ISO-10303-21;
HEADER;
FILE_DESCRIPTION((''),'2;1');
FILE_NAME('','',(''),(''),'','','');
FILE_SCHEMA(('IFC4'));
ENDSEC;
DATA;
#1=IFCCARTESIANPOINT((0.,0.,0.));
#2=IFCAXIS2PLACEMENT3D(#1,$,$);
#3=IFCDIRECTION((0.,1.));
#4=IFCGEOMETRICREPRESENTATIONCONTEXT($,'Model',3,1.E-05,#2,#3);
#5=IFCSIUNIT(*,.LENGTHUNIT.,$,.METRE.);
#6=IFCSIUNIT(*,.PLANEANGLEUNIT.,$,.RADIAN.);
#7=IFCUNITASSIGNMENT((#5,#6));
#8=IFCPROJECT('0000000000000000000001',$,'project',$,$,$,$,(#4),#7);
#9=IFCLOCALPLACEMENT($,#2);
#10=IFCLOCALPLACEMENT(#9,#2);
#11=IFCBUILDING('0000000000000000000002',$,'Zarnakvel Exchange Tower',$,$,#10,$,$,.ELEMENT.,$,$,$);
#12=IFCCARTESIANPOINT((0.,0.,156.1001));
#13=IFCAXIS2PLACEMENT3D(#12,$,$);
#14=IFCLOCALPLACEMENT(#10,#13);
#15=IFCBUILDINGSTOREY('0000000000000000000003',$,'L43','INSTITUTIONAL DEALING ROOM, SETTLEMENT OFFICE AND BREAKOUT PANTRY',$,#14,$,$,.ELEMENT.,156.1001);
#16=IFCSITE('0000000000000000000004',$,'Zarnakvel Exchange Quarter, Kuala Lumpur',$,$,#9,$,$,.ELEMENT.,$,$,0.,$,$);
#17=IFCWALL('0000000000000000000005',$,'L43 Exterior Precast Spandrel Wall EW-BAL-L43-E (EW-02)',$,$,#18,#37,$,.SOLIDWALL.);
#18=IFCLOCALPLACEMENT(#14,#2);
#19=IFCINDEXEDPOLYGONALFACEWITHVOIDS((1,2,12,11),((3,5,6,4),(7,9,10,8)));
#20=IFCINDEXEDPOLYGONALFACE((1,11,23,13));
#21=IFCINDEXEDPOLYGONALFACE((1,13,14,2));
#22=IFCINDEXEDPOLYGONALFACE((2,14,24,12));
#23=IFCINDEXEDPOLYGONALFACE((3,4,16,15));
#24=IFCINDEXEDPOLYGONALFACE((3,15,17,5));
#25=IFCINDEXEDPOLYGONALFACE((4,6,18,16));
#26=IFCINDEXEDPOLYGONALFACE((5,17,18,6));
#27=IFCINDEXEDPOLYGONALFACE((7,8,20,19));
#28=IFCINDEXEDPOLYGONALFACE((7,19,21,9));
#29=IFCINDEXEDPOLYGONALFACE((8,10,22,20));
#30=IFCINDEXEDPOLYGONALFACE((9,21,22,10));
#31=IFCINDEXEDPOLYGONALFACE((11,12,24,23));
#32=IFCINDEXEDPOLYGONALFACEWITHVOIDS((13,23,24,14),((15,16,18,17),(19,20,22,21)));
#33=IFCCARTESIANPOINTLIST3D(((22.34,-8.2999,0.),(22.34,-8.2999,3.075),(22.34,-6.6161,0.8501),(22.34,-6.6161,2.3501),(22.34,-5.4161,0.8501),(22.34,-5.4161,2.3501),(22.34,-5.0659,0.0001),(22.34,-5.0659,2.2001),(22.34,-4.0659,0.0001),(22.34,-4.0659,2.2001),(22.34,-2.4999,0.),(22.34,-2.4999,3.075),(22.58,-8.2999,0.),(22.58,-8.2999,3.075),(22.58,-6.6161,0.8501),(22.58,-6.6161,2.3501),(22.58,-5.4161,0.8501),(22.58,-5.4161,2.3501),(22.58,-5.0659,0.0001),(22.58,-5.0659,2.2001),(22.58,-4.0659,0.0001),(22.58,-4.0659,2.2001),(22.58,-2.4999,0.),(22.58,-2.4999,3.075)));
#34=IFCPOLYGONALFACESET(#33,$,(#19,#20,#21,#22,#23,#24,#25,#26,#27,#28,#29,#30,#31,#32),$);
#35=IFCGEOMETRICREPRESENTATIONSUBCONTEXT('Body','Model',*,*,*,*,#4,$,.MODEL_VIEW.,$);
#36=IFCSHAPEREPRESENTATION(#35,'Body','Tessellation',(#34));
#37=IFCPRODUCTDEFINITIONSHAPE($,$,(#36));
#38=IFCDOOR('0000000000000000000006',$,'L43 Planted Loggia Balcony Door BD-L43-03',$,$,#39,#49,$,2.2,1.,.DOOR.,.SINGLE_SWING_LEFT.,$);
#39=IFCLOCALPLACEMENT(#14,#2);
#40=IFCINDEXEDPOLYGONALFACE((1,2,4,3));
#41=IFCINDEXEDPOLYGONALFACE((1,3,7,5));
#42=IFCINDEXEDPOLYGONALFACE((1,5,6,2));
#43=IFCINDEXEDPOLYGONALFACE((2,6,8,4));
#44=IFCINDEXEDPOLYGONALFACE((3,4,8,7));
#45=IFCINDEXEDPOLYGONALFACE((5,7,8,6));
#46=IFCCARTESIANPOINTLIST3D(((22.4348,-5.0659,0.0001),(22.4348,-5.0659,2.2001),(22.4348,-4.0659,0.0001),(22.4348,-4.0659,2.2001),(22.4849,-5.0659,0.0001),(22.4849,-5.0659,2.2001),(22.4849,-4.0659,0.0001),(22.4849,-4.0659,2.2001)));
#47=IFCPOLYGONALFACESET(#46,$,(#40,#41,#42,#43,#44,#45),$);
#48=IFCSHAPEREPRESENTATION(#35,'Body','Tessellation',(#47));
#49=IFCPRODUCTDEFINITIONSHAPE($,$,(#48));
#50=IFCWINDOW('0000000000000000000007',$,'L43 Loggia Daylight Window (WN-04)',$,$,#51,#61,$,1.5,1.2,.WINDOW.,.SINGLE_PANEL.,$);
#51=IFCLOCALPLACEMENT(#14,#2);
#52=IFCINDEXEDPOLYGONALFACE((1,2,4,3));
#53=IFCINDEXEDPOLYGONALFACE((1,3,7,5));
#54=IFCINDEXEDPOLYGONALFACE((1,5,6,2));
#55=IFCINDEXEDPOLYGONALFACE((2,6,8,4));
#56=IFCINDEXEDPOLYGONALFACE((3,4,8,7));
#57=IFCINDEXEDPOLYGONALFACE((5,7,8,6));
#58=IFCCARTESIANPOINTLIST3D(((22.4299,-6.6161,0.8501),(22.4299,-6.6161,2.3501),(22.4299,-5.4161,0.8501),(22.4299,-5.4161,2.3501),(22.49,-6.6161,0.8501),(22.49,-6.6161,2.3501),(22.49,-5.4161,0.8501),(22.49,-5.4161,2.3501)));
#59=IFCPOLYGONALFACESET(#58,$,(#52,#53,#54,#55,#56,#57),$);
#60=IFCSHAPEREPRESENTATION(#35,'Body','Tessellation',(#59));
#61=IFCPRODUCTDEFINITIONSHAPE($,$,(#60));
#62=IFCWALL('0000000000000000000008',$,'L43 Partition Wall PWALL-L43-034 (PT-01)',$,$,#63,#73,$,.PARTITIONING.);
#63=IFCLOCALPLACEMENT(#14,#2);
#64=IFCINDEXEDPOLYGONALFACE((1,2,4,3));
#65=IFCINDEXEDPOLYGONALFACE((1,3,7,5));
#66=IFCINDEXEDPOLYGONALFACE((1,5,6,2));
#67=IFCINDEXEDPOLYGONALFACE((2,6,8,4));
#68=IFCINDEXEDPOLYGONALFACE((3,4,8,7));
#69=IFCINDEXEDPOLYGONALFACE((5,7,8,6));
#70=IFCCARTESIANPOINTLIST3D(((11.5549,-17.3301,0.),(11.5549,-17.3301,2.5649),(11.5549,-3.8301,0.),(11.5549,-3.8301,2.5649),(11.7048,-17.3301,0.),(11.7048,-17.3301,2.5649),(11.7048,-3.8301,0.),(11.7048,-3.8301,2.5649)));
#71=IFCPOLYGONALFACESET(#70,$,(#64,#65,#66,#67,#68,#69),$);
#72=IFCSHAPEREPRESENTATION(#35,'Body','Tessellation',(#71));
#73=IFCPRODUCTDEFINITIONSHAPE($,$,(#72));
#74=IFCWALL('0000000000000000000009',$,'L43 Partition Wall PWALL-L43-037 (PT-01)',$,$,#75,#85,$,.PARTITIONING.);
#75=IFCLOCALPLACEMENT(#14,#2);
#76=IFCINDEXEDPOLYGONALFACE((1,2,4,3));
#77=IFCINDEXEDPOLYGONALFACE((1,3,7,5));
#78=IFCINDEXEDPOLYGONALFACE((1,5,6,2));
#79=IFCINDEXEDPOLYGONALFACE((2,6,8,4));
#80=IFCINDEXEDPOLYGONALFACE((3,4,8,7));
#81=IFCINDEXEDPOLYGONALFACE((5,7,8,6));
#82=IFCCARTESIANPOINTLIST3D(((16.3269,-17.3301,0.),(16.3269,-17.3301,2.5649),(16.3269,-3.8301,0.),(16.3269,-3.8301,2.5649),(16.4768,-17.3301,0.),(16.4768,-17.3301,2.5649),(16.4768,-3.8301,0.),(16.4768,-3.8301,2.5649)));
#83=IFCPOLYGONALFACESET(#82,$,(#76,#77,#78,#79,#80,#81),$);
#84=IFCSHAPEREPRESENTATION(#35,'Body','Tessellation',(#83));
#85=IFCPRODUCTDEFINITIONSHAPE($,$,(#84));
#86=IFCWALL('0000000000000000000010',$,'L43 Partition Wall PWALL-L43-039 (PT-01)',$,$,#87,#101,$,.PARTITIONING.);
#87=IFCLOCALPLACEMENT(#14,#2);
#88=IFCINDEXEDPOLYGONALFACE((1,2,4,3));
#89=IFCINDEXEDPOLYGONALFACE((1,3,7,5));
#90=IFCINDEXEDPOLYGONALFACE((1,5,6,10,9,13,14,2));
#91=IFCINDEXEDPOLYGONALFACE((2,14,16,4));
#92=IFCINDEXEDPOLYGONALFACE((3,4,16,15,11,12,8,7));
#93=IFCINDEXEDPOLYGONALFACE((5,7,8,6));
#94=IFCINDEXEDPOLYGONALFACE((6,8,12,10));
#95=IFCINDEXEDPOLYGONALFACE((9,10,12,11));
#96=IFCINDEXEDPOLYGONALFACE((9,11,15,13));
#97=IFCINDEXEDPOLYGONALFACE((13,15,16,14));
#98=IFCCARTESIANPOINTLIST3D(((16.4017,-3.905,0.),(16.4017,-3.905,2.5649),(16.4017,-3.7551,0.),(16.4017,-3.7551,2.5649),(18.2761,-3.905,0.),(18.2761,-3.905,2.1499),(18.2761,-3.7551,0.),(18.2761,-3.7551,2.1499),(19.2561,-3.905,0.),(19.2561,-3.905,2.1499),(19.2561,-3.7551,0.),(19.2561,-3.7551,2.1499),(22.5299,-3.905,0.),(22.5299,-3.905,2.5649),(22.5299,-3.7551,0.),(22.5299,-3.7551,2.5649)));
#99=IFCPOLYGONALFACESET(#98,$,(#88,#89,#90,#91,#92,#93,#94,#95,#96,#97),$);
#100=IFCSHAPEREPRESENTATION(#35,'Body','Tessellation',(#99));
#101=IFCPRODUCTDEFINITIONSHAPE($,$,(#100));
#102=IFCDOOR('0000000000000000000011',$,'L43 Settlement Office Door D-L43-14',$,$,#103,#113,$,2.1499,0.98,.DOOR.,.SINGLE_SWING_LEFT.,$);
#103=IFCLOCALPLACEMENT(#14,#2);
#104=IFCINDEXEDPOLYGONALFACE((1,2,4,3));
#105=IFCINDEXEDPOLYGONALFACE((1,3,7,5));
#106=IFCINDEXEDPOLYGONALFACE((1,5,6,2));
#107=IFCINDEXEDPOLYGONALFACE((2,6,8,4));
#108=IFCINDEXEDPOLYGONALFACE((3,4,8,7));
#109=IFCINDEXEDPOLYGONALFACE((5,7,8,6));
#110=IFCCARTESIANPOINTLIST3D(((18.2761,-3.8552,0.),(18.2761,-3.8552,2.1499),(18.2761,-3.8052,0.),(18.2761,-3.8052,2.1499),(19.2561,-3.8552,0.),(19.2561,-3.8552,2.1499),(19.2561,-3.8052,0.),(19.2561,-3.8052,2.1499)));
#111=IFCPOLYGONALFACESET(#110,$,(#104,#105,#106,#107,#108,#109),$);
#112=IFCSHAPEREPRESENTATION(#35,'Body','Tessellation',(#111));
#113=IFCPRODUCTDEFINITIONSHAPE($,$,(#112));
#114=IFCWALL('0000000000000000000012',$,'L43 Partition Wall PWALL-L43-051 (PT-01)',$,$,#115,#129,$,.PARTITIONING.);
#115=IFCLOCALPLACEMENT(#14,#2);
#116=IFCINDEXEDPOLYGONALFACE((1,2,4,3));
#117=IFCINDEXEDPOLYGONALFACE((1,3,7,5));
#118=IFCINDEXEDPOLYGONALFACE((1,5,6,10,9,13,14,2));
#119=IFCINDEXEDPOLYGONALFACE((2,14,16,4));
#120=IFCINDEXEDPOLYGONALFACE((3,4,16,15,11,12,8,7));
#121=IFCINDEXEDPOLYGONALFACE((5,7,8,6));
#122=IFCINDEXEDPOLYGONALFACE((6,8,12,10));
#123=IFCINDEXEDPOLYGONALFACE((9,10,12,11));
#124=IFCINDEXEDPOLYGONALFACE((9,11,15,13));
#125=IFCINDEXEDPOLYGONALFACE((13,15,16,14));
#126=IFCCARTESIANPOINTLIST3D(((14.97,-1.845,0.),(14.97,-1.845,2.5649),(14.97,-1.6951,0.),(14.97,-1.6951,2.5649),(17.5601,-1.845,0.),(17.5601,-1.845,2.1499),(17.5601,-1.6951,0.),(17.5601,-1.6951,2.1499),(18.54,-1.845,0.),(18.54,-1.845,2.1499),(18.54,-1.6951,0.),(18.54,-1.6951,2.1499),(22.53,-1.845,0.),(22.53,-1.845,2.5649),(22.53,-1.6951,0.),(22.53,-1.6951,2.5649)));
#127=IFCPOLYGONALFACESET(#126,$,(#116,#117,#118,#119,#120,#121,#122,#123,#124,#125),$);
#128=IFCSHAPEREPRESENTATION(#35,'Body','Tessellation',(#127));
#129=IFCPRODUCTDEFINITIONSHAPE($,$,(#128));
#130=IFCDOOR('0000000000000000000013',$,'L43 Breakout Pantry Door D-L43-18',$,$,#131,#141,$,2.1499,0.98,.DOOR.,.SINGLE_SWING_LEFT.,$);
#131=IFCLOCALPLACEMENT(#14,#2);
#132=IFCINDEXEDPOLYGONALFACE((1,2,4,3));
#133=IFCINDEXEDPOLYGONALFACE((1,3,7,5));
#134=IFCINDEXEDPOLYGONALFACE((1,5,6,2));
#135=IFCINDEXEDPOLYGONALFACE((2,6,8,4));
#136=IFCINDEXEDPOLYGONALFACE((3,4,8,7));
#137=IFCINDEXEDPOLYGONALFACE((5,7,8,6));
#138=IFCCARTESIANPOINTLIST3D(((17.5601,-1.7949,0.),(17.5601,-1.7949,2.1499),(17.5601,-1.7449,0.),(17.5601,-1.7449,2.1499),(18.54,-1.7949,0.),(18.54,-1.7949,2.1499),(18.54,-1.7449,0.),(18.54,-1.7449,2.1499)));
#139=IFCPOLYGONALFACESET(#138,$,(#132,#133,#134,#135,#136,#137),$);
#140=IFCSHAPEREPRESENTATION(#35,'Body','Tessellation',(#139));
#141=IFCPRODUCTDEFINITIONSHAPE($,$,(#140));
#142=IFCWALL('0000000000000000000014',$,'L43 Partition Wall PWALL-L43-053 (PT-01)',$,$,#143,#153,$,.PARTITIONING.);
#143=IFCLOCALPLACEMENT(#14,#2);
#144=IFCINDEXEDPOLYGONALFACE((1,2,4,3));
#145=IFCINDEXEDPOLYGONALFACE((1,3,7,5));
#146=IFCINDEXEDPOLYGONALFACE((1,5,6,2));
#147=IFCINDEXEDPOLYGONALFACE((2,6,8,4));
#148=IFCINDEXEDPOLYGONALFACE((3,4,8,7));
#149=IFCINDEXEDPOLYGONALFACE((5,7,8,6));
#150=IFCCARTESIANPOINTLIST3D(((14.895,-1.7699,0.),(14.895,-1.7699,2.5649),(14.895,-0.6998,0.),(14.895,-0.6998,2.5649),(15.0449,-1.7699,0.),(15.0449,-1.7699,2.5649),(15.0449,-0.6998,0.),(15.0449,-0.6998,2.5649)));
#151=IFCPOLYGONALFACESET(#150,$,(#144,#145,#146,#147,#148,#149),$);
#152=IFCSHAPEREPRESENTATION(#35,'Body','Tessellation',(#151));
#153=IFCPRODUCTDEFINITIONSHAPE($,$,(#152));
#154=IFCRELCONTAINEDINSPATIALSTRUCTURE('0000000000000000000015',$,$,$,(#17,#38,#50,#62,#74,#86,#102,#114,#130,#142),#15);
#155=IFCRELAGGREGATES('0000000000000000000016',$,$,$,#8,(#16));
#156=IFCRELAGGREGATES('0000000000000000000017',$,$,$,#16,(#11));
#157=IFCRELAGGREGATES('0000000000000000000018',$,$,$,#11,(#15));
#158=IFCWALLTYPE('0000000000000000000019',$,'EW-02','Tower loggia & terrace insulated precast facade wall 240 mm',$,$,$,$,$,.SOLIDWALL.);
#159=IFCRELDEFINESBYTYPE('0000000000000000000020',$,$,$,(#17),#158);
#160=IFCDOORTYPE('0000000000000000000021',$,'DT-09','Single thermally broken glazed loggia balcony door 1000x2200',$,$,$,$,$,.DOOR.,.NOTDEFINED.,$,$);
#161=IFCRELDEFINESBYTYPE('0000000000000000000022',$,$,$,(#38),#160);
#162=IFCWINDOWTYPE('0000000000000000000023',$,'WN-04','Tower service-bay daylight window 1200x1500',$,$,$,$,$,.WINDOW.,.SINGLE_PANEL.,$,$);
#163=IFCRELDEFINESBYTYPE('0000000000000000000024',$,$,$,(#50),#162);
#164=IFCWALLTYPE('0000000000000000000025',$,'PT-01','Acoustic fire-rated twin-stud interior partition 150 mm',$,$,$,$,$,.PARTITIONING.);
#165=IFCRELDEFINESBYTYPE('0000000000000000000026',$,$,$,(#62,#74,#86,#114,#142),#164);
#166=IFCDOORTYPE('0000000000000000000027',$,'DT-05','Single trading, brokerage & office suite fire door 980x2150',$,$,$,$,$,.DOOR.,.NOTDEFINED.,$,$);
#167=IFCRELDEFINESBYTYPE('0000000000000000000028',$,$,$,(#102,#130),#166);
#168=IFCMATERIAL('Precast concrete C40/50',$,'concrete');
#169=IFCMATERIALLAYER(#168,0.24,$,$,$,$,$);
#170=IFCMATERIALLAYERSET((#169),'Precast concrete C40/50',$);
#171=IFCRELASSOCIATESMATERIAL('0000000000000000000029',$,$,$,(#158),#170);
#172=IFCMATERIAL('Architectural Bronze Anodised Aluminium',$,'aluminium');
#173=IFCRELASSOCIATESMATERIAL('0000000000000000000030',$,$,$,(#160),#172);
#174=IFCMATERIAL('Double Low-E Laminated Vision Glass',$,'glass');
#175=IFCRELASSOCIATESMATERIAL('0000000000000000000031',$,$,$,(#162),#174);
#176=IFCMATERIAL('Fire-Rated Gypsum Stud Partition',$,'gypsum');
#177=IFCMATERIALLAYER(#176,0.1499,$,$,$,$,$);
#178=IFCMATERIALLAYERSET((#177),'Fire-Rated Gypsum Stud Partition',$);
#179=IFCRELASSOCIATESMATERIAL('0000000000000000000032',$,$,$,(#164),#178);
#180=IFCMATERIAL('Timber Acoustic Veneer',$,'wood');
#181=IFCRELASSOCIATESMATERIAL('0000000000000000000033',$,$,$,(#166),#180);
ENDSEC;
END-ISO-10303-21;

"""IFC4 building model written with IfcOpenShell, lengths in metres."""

from ifc_helpers import new_model, si_unit, direction, frame, frame_2d, origin, place, context, subcontext, project, spatial, rectangle, extrude, source, transform, mapped, material, layer, layer_set, type_object, element, fill, save


model = new_model("IFC4")

# Units and contexts
model_context = context("Model", 3, precision=1e-05, world=origin(), true_north=direction((0.0, 1.0)))
body_context = subcontext(model_context, "Body", "Model", "MODEL_VIEW")
ifc_project = project(units=[si_unit("LENGTHUNIT", "METRE"), si_unit("PLANEANGLEUNIT", "RADIAN")], contexts=[model_context])

# Site, building, storey
site_placement = place(None, origin())
site = spatial("IfcSite", under=ifc_project, at=site_placement, Name="Zarnakvel Exchange Quarter, Kuala Lumpur", CompositionType="ELEMENT", RefElevation=0.0)
building_placement = place(site_placement, origin())
building = spatial("IfcBuilding", under=site, at=building_placement, Name="Zarnakvel Exchange Tower", CompositionType="ELEMENT")
storey_placement = place(building_placement, frame((0.0, 0.0, 156.1001)))
storey = spatial("IfcBuildingStorey", under=building, at=storey_placement, Name="L43", Description="INSTITUTIONAL DEALING ROOM, SETTLEMENT OFFICE AND BREAKOUT PANTRY", CompositionType="ELEMENT", Elevation=156.1001)

# Shared definitions
ifc_material_1 = material(Name="Architectural Bronze Anodised Aluminium", Category="aluminium")

# Wall, openings, door, window
ifc_material_2 = material(Name="Precast concrete C40/50", Category="concrete")
ifc_layer_1 = layer(ifc_material_2, 0.24)
ifc_layer_set_1 = layer_set([ifc_layer_1], Name="Precast concrete C40/50")
wall_type_1 = type_object("IfcWallType", Name="EW-02", Description="Tower loggia & terrace insulated precast facade wall 240 mm", PredefinedType="SOLIDWALL", material=ifc_layer_set_1)
wall_1_placement = place(storey_placement, frame((22.46, -2.5, 0.0), z_axis=(0.0, 0.0, 1.0), x_axis=(0.0, -1.0, 0.0)))
wall_1 = element("IfcWall", 1, at=wall_1_placement, inside=storey, type_object=wall_type_1, Name="L43 Exterior Precast Spandrel Wall EW-BAL-L43-E (EW-02)", PredefinedType="SOLIDWALL", context=body_context, shape_type="SweptSolid", body=[
    extrude(rectangle(XDim=5.8, YDim=0.24, at=frame_2d((2.8999, 0.0))), origin(), (0.0, 0.0, 1.0), 3.075),
])
opening_1_placement = place(wall_1_placement, frame((1.5659, 0.0, 0.0)))
opening_1 = element("IfcOpeningElement", 2, at=opening_1_placement, cuts=wall_1, PredefinedType="OPENING", context=body_context, shape_type="SweptSolid", body=[
    extrude(rectangle(XDim=1.0, YDim=2.2, at=frame_2d((0.5, 1.1001))), frame((0.0, 0.1299, 0.0), z_axis=(0.0, -1.0, 0.0), x_axis=(1.0, 0.0, 0.0)), (0.0, 0.0, 1.0), 0.26),
])
opening_2_placement = place(wall_1_placement, frame((2.916, 0.0, 0.8501)))
opening_2 = element("IfcOpeningElement", 3, at=opening_2_placement, cuts=wall_1, PredefinedType="OPENING", context=body_context, shape_type="SweptSolid", body=[
    extrude(rectangle(XDim=1.2, YDim=1.5, at=frame_2d((0.6001, 0.75))), frame((0.0, 0.1299, 0.0), z_axis=(0.0, -1.0, 0.0), x_axis=(1.0, 0.0, 0.0)), (0.0, 0.0, 1.0), 0.26),
])
door_type_1 = type_object("IfcDoorType", Name="DT-09", Description="Single thermally broken glazed loggia balcony door 1000x2200", OperationType="NOTDEFINED", PredefinedType="DOOR", material=ifc_material_1)
shared_shape_1 = source(origin(), body_context, "Body", "SweptSolid", [
    extrude(rectangle(XDim=1.0, YDim=2.2, at=frame_2d((0.5, 1.1001))), frame((0.0, 0.0249, 0.0), z_axis=(0.0, -1.0, 0.0), x_axis=(1.0, 0.0, 0.0)), (0.0, 0.0, 1.0), 0.05),
])
door_1_placement = place(opening_1_placement, origin())
door_1 = element("IfcDoor", 4, at=door_1_placement, inside=storey, type_object=door_type_1, Name="L43 Planted Loggia Balcony Door BD-L43-03", OperationType="SINGLE_SWING_LEFT", OverallHeight=2.2, OverallWidth=1.0, PredefinedType="DOOR", context=body_context, shape_type="MappedRepresentation", body=[
    mapped(shared_shape_1, transform((0.0, 0.0, 0.0), x_axis=(1.0, 0.0, 0.0), y_axis=(0.0, 1.0, 0.0), z_axis=(0.0, 0.0, 1.0), scale=1.0)),
])
fill(opening_1, door_1)
ifc_material_3 = material(Name="Double Low-E Laminated Vision Glass", Category="glass")
window_type = type_object("IfcWindowType", Name="WN-04", Description="Tower service-bay daylight window 1200x1500", PartitioningType="SINGLE_PANEL", PredefinedType="WINDOW", material=ifc_material_3)
shared_shape_2 = source(origin(), body_context, "Body", "SweptSolid", [
    extrude(rectangle(XDim=1.2, YDim=1.5, at=frame_2d((0.6001, 0.75))), frame((0.0, 0.03, 0.0), z_axis=(0.0, -1.0, 0.0), x_axis=(1.0, 0.0, 0.0)), (0.0, 0.0, 1.0), 0.0601),
])
window_placement = place(opening_2_placement, origin())
window = element("IfcWindow", 5, at=window_placement, inside=storey, type_object=window_type, Name="L43 Loggia Daylight Window (WN-04)", OverallHeight=1.5, OverallWidth=1.2, PartitioningType="SINGLE_PANEL", PredefinedType="WINDOW", context=body_context, shape_type="MappedRepresentation", body=[
    mapped(shared_shape_2, transform((0.0, 0.0, 0.0), x_axis=(1.0, 0.0, 0.0), y_axis=(0.0, 1.0, 0.0), z_axis=(0.0, 0.0, 1.0), scale=1.0)),
])
fill(opening_2, window)

# Shared definitions
ifc_material_4 = material(Name="Fire-Rated Gypsum Stud Partition", Category="gypsum")
ifc_layer_2 = layer(ifc_material_4, 0.1499)
ifc_layer_set_2 = layer_set([ifc_layer_2], Name="Fire-Rated Gypsum Stud Partition")
wall_type_2 = type_object("IfcWallType", Name="PT-01", Description="Acoustic fire-rated twin-stud interior partition 150 mm", PredefinedType="PARTITIONING", material=ifc_layer_set_2)
ifc_material_5 = material(Name="Timber Acoustic Veneer", Category="wood")
door_type_2 = type_object("IfcDoorType", Name="DT-05", Description="Single trading, brokerage & office suite fire door 980x2150", OperationType="NOTDEFINED", PredefinedType="DOOR", material=ifc_material_5)
shared_shape_3 = source(origin(), body_context, "Body", "SweptSolid", [
    extrude(rectangle(XDim=0.98, YDim=2.1499, at=frame_2d((0.49, 1.075))), frame((0.0, 0.0249, 0.0), z_axis=(0.0, -1.0, 0.0), x_axis=(1.0, 0.0, 0.0)), (0.0, 0.0, 1.0), 0.05),
])

# Wall
wall_2_placement = place(storey_placement, frame((11.6299, -3.8301, 0.0), z_axis=(0.0, 0.0, 1.0), x_axis=(0.0, -1.0, 0.0)))
element("IfcWall", 6, at=wall_2_placement, inside=storey, type_object=wall_type_2, Name="L43 Partition Wall PWALL-L43-034 (PT-01)", PredefinedType="PARTITIONING", context=body_context, shape_type="SweptSolid", body=[
    extrude(rectangle(XDim=13.5, YDim=0.1499, at=frame_2d((6.75, 0.0))), origin(), (0.0, 0.0, 1.0), 2.5649),
])

# Wall
wall_3_placement = place(storey_placement, frame((16.4019, -3.8301, 0.0), z_axis=(0.0, 0.0, 1.0), x_axis=(0.0, -1.0, 0.0)))
element("IfcWall", 7, at=wall_3_placement, inside=storey, type_object=wall_type_2, Name="L43 Partition Wall PWALL-L43-037 (PT-01)", PredefinedType="PARTITIONING", context=body_context, shape_type="SweptSolid", body=[
    extrude(rectangle(XDim=13.5, YDim=0.1499, at=frame_2d((6.75, 0.0))), origin(), (0.0, 0.0, 1.0), 2.5649),
])

# Walls, openings, doors
wall_4_placement = place(storey_placement, frame((16.4019, -3.8301, 0.0), z_axis=(0.0, 0.0, 1.0), x_axis=(1.0, 0.0, 0.0)))
wall_4 = element("IfcWall", 8, at=wall_4_placement, inside=storey, type_object=wall_type_2, Name="L43 Partition Wall PWALL-L43-039 (PT-01)", PredefinedType="PARTITIONING", context=body_context, shape_type="SweptSolid", body=[
    extrude(rectangle(XDim=6.1282, YDim=0.1499, at=frame_2d((3.064, 0.0))), origin(), (0.0, 0.0, 1.0), 2.5649),
])
opening_3_placement = place(wall_4_placement, frame((1.8743, 0.0, 0.0)))
opening_3 = element("IfcOpeningElement", 9, at=opening_3_placement, cuts=wall_4, PredefinedType="OPENING", context=body_context, shape_type="SweptSolid", body=[
    extrude(rectangle(XDim=0.98, YDim=2.1499, at=frame_2d((0.49, 1.075))), frame((0.0, 0.085, 0.0), z_axis=(0.0, -1.0, 0.0), x_axis=(1.0, 0.0, 0.0)), (0.0, 0.0, 1.0), 0.1699),
])
door_2_placement = place(opening_3_placement, origin())
door_2 = element("IfcDoor", 10, at=door_2_placement, inside=storey, type_object=door_type_2, Name="L43 Settlement Office Door D-L43-14", OperationType="SINGLE_SWING_LEFT", OverallHeight=2.1499, OverallWidth=0.98, PredefinedType="DOOR", context=body_context, shape_type="MappedRepresentation", body=[
    mapped(shared_shape_3, transform((0.0, 0.0, 0.0), x_axis=(1.0, 0.0, 0.0), y_axis=(0.0, 1.0, 0.0), z_axis=(0.0, 0.0, 1.0), scale=1.0)),
])
fill(opening_3, door_2)
wall_5_placement = place(storey_placement, frame((22.53, -1.77, 0.0), z_axis=(0.0, 0.0, 1.0), x_axis=(-1.0, 0.0, 0.0)))
wall_5 = element("IfcWall", 11, at=wall_5_placement, inside=storey, type_object=wall_type_2, Name="L43 Partition Wall PWALL-L43-051 (PT-01)", PredefinedType="PARTITIONING", context=body_context, shape_type="SweptSolid", body=[
    extrude(rectangle(XDim=7.5601, YDim=0.1499, at=frame_2d((3.78, 0.0))), origin(), (0.0, 0.0, 1.0), 2.5649),
])
opening_4_placement = place(wall_5_placement, frame((3.99, 0.0, 0.0)))
opening_4 = element("IfcOpeningElement", 12, at=opening_4_placement, cuts=wall_5, PredefinedType="OPENING", context=body_context, shape_type="SweptSolid", body=[
    extrude(rectangle(XDim=0.98, YDim=2.1499, at=frame_2d((0.49, 1.075))), frame((0.0, 0.085, 0.0), z_axis=(0.0, -1.0, 0.0), x_axis=(1.0, 0.0, 0.0)), (0.0, 0.0, 1.0), 0.1699),
])
door_3_placement = place(opening_4_placement, origin())
door_3 = element("IfcDoor", 13, at=door_3_placement, inside=storey, type_object=door_type_2, Name="L43 Breakout Pantry Door D-L43-18", OperationType="SINGLE_SWING_LEFT", OverallHeight=2.1499, OverallWidth=0.98, PredefinedType="DOOR", context=body_context, shape_type="MappedRepresentation", body=[
    mapped(shared_shape_3, transform((0.0, 0.0, 0.0), x_axis=(1.0, 0.0, 0.0), y_axis=(0.0, 1.0, 0.0), z_axis=(0.0, 0.0, 1.0), scale=1.0)),
])
fill(opening_4, door_3)

# Wall
wall_6_placement = place(storey_placement, frame((14.97, -1.77, 0.0), z_axis=(0.0, 0.0, 1.0), x_axis=(0.0, 1.0, 0.0)))
element("IfcWall", 14, at=wall_6_placement, inside=storey, type_object=wall_type_2, Name="L43 Partition Wall PWALL-L43-053 (PT-01)", PredefinedType="PARTITIONING", context=body_context, shape_type="SweptSolid", body=[
    extrude(rectangle(XDim=1.0701, YDim=0.1499, at=frame_2d((0.5352, 0.0))), origin(), (0.0, 0.0, 1.0), 2.5649),
])

save(model, "model.ifc")
